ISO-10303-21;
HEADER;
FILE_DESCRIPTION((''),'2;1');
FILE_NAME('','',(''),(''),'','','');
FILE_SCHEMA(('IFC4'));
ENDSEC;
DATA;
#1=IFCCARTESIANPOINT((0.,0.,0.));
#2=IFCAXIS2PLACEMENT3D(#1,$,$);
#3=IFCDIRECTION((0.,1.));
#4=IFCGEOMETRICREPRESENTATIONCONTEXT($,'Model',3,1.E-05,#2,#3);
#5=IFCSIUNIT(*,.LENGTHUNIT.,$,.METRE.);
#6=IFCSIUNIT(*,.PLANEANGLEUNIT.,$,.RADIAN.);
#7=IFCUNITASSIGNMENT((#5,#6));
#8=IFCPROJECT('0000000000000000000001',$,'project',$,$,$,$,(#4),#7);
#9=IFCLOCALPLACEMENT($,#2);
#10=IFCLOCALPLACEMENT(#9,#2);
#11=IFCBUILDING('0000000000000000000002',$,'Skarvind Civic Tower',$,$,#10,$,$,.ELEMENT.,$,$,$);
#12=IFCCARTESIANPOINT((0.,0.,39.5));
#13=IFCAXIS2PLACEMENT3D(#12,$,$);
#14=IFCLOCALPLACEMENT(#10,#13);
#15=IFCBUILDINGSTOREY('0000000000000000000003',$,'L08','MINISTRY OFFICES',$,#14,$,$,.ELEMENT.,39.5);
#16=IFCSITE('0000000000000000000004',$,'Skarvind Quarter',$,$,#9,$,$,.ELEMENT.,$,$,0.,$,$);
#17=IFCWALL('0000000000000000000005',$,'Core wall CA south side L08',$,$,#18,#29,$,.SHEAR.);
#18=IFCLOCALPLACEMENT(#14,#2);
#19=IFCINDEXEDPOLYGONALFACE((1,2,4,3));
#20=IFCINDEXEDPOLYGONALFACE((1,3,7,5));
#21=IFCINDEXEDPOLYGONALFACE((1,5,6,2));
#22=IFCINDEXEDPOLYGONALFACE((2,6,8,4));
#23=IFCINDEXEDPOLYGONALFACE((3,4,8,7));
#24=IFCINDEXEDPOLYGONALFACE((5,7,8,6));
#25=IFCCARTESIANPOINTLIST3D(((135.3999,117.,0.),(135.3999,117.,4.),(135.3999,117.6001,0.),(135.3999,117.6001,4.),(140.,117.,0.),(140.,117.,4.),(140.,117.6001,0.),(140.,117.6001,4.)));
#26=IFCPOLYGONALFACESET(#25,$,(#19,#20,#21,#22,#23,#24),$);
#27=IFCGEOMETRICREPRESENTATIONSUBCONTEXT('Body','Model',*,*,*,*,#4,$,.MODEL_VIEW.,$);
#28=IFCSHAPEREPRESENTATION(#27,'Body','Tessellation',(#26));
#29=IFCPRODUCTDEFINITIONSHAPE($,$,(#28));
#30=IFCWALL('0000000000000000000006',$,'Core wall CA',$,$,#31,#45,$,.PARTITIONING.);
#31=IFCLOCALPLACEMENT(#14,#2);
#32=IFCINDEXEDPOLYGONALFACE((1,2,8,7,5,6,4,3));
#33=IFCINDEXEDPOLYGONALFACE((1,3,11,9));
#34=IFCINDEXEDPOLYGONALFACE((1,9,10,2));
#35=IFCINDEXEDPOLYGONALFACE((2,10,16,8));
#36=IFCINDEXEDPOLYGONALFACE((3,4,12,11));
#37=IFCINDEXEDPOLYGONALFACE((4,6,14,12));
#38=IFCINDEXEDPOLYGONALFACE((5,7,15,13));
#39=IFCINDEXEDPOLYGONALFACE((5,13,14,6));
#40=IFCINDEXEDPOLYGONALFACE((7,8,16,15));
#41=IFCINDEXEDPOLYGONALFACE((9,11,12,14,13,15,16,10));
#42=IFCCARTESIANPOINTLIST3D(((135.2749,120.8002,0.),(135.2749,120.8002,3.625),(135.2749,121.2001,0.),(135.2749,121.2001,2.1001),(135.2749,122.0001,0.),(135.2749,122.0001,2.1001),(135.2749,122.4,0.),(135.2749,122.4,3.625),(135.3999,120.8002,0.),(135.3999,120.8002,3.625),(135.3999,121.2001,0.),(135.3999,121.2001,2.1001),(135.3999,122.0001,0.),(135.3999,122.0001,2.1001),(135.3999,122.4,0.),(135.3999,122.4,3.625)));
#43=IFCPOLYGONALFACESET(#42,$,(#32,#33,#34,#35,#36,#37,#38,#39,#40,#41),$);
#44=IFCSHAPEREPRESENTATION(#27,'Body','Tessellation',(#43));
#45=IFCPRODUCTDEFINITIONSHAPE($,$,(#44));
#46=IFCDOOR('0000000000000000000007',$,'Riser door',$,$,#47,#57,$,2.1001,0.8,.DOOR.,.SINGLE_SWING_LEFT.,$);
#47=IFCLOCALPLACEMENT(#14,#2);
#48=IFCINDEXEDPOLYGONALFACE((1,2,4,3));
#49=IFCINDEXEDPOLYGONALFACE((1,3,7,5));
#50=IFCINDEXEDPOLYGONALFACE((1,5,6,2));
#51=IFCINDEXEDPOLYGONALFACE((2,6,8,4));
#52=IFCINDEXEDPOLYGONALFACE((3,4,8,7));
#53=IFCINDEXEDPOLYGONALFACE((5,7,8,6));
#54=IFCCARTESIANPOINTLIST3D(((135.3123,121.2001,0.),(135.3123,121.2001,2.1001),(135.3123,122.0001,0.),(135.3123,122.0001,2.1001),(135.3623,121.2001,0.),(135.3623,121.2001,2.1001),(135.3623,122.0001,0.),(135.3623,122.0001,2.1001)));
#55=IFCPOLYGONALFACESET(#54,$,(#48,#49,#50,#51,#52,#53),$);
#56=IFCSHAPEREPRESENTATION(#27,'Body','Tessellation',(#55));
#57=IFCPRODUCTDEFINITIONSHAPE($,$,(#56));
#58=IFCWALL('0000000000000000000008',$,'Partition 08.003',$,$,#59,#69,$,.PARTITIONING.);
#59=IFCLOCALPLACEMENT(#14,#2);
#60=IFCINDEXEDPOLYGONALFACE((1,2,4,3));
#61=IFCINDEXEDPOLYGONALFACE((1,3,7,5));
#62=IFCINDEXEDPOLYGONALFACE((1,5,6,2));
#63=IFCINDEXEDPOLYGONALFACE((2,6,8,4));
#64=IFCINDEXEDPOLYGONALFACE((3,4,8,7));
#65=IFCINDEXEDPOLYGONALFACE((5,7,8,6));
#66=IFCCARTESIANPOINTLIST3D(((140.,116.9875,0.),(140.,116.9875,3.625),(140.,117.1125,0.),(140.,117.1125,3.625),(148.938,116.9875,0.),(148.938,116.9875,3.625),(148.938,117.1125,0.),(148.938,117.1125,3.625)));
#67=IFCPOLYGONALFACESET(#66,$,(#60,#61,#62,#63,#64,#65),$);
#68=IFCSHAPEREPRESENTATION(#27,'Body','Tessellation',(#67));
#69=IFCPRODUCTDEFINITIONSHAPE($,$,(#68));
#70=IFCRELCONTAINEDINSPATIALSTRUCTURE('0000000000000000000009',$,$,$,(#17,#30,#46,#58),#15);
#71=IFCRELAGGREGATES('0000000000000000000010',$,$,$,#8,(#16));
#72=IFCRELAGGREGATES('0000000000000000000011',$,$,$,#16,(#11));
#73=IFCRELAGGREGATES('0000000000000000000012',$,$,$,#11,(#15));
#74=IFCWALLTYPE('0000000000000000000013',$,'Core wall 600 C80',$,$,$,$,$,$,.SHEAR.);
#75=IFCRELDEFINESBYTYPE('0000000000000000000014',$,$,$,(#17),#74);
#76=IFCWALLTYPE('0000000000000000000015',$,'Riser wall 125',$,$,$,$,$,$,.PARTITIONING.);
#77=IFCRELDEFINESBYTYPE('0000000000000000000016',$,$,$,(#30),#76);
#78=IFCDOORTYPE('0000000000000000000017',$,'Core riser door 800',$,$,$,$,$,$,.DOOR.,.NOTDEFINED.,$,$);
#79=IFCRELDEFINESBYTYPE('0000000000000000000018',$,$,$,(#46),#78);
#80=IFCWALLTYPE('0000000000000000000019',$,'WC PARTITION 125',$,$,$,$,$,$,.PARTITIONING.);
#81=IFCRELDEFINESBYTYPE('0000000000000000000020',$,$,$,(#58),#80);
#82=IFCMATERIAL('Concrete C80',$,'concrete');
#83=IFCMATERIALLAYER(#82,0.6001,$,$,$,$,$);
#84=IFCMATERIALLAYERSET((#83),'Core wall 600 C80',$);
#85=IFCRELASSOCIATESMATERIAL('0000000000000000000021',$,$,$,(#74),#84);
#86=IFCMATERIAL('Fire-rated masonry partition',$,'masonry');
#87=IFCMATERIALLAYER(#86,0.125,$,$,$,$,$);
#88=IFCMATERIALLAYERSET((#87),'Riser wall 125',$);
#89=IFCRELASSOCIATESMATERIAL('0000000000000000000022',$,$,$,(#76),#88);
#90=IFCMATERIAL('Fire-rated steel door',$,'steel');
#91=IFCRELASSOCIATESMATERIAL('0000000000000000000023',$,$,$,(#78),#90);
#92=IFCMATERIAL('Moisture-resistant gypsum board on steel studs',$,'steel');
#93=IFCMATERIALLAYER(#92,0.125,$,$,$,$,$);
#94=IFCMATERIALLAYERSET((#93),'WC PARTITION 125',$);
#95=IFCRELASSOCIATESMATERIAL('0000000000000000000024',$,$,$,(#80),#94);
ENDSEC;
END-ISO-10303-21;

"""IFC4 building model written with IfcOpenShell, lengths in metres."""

from ifc_helpers import new_model, si_unit, direction, frame, frame_2d, origin, place, context, subcontext, project, spatial, rectangle, extrude, material, layer, layer_set, type_object, element, fill, save


model = new_model("IFC4")

# Units and contexts
model_context = context("Model", 3, precision=1e-05, world=origin(), true_north=direction((0.0, 1.0)))
body_context = subcontext(model_context, "Body", "Model", "MODEL_VIEW")
ifc_project = project(units=[si_unit("LENGTHUNIT", "METRE"), si_unit("PLANEANGLEUNIT", "RADIAN")], contexts=[model_context])

# Site, building, storey
site_placement = place(None, origin())
site = spatial("IfcSite", under=ifc_project, at=site_placement, Name="Skarvind Quarter", CompositionType="ELEMENT", RefElevation=0.0)
building_placement = place(site_placement, origin())
building = spatial("IfcBuilding", under=site, at=building_placement, Name="Skarvind Civic Tower", CompositionType="ELEMENT")
storey_placement = place(building_placement, frame((0.0, 0.0, 39.5)))
storey = spatial("IfcBuildingStorey", under=building, at=storey_placement, Name="L08", Description="MINISTRY OFFICES", CompositionType="ELEMENT", Elevation=39.5)

# Shared definitions
ifc_material_1 = material(Name="Fire-rated masonry partition", Category="masonry")
ifc_material_2 = material(Name="Fire-rated steel door", Category="steel")
ifc_material_3 = material(Name="Concrete C80", Category="concrete")

# Wall
ifc_layer_1 = layer(ifc_material_3, 0.6001)
ifc_layer_set_1 = layer_set([ifc_layer_1], Name="Core wall 600 C80")
wall_type_1 = type_object("IfcWallType", Name="Core wall 600 C80", PredefinedType="SHEAR", material=ifc_layer_set_1)
wall_1_placement = place(storey_placement, frame((135.3999, 117.3, 0.0), z_axis=(0.0, 0.0, 1.0), x_axis=(1.0, 0.0, 0.0)))
element("IfcWall", 1, at=wall_1_placement, inside=storey, type_object=wall_type_1, Name="Core wall CA south side L08", PredefinedType="SHEAR", context=body_context, shape_type="SweptSolid", body=[
    extrude(rectangle(XDim=4.6001, YDim=0.6001, at=frame_2d((2.3, 0.0))), origin(), (0.0, 0.0, 1.0), 4.0),
])

# Wall, opening, door
ifc_layer_2 = layer(ifc_material_1, 0.125)
ifc_layer_set_2 = layer_set([ifc_layer_2], Name="Riser wall 125")
wall_type_2 = type_object("IfcWallType", Name="Riser wall 125", PredefinedType="PARTITIONING", material=ifc_layer_set_2)
wall_2_placement = place(storey_placement, frame((135.3374, 122.3999, 0.0), z_axis=(0.0, 0.0, 1.0), x_axis=(0.0, -1.0, 0.0)))
wall_2 = element("IfcWall", 2, at=wall_2_placement, inside=storey, type_object=wall_type_2, Name="Core wall CA", PredefinedType="PARTITIONING", context=body_context, shape_type="SweptSolid", body=[
    extrude(rectangle(XDim=1.5999, YDim=0.125, at=frame_2d((0.7998, 0.0))), origin(), (0.0, 0.0, 1.0), 3.625),
])
opening_1_placement = place(wall_2_placement, frame((0.3999, 0.0, 0.0)))
opening_1 = element("IfcOpeningElement", 3, at=opening_1_placement, cuts=wall_2, PredefinedType="OPENING", context=body_context, shape_type="SweptSolid", body=[
    extrude(rectangle(XDim=0.8, YDim=2.1001, at=frame_2d((0.3999, 1.05))), frame((0.0, 0.0725, 0.0), z_axis=(0.0, -1.0, 0.0), x_axis=(1.0, 0.0, 0.0)), (0.0, 0.0, 1.0), 0.145),
])
door_type_1 = type_object("IfcDoorType", Name="Core riser door 800", OperationType="NOTDEFINED", PredefinedType="DOOR", material=ifc_material_2)
door_1_placement = place(opening_1_placement, origin())
door_1 = element("IfcDoor", 4, at=door_1_placement, inside=storey, type_object=door_type_1, Name="Riser door", OperationType="SINGLE_SWING_LEFT", OverallHeight=2.1001, OverallWidth=0.8, PredefinedType="DOOR", context=body_context, shape_type="SweptSolid", body=[
    extrude(rectangle(XDim=0.8, YDim=2.1001, at=frame_2d((0.3999, 1.05))), frame((0.0, 0.0249, 0.0), z_axis=(0.0, -1.0, 0.0), x_axis=(1.0, 0.0, 0.0)), (0.0, 0.0, 1.0), 0.05),
])
fill(opening_1, door_1)

# Wall
ifc_material_4 = material(Name="Moisture-resistant gypsum board on steel studs", Category="steel")
ifc_layer_3 = layer(ifc_material_4, 0.125)
ifc_layer_set_3 = layer_set([ifc_layer_3], Name="WC PARTITION 125")
wall_type_3 = type_object("IfcWallType", Name="WC PARTITION 125", PredefinedType="PARTITIONING", material=ifc_layer_set_3)
wall_3_placement = place(storey_placement, frame((140.0, 117.05, 0.0), z_axis=(0.0, 0.0, 1.0), x_axis=(1.0, 0.0, 0.0)))
element("IfcWall", 5, at=wall_3_placement, inside=storey, type_object=wall_type_3, Name="Partition 08.003", PredefinedType="PARTITIONING", context=body_context, shape_type="SweptSolid", body=[
    extrude(rectangle(XDim=8.938, YDim=0.125, at=frame_2d((4.469, 0.0))), origin(), (0.0, 0.0, 1.0), 3.625),
])

save(model, "model.ifc")
